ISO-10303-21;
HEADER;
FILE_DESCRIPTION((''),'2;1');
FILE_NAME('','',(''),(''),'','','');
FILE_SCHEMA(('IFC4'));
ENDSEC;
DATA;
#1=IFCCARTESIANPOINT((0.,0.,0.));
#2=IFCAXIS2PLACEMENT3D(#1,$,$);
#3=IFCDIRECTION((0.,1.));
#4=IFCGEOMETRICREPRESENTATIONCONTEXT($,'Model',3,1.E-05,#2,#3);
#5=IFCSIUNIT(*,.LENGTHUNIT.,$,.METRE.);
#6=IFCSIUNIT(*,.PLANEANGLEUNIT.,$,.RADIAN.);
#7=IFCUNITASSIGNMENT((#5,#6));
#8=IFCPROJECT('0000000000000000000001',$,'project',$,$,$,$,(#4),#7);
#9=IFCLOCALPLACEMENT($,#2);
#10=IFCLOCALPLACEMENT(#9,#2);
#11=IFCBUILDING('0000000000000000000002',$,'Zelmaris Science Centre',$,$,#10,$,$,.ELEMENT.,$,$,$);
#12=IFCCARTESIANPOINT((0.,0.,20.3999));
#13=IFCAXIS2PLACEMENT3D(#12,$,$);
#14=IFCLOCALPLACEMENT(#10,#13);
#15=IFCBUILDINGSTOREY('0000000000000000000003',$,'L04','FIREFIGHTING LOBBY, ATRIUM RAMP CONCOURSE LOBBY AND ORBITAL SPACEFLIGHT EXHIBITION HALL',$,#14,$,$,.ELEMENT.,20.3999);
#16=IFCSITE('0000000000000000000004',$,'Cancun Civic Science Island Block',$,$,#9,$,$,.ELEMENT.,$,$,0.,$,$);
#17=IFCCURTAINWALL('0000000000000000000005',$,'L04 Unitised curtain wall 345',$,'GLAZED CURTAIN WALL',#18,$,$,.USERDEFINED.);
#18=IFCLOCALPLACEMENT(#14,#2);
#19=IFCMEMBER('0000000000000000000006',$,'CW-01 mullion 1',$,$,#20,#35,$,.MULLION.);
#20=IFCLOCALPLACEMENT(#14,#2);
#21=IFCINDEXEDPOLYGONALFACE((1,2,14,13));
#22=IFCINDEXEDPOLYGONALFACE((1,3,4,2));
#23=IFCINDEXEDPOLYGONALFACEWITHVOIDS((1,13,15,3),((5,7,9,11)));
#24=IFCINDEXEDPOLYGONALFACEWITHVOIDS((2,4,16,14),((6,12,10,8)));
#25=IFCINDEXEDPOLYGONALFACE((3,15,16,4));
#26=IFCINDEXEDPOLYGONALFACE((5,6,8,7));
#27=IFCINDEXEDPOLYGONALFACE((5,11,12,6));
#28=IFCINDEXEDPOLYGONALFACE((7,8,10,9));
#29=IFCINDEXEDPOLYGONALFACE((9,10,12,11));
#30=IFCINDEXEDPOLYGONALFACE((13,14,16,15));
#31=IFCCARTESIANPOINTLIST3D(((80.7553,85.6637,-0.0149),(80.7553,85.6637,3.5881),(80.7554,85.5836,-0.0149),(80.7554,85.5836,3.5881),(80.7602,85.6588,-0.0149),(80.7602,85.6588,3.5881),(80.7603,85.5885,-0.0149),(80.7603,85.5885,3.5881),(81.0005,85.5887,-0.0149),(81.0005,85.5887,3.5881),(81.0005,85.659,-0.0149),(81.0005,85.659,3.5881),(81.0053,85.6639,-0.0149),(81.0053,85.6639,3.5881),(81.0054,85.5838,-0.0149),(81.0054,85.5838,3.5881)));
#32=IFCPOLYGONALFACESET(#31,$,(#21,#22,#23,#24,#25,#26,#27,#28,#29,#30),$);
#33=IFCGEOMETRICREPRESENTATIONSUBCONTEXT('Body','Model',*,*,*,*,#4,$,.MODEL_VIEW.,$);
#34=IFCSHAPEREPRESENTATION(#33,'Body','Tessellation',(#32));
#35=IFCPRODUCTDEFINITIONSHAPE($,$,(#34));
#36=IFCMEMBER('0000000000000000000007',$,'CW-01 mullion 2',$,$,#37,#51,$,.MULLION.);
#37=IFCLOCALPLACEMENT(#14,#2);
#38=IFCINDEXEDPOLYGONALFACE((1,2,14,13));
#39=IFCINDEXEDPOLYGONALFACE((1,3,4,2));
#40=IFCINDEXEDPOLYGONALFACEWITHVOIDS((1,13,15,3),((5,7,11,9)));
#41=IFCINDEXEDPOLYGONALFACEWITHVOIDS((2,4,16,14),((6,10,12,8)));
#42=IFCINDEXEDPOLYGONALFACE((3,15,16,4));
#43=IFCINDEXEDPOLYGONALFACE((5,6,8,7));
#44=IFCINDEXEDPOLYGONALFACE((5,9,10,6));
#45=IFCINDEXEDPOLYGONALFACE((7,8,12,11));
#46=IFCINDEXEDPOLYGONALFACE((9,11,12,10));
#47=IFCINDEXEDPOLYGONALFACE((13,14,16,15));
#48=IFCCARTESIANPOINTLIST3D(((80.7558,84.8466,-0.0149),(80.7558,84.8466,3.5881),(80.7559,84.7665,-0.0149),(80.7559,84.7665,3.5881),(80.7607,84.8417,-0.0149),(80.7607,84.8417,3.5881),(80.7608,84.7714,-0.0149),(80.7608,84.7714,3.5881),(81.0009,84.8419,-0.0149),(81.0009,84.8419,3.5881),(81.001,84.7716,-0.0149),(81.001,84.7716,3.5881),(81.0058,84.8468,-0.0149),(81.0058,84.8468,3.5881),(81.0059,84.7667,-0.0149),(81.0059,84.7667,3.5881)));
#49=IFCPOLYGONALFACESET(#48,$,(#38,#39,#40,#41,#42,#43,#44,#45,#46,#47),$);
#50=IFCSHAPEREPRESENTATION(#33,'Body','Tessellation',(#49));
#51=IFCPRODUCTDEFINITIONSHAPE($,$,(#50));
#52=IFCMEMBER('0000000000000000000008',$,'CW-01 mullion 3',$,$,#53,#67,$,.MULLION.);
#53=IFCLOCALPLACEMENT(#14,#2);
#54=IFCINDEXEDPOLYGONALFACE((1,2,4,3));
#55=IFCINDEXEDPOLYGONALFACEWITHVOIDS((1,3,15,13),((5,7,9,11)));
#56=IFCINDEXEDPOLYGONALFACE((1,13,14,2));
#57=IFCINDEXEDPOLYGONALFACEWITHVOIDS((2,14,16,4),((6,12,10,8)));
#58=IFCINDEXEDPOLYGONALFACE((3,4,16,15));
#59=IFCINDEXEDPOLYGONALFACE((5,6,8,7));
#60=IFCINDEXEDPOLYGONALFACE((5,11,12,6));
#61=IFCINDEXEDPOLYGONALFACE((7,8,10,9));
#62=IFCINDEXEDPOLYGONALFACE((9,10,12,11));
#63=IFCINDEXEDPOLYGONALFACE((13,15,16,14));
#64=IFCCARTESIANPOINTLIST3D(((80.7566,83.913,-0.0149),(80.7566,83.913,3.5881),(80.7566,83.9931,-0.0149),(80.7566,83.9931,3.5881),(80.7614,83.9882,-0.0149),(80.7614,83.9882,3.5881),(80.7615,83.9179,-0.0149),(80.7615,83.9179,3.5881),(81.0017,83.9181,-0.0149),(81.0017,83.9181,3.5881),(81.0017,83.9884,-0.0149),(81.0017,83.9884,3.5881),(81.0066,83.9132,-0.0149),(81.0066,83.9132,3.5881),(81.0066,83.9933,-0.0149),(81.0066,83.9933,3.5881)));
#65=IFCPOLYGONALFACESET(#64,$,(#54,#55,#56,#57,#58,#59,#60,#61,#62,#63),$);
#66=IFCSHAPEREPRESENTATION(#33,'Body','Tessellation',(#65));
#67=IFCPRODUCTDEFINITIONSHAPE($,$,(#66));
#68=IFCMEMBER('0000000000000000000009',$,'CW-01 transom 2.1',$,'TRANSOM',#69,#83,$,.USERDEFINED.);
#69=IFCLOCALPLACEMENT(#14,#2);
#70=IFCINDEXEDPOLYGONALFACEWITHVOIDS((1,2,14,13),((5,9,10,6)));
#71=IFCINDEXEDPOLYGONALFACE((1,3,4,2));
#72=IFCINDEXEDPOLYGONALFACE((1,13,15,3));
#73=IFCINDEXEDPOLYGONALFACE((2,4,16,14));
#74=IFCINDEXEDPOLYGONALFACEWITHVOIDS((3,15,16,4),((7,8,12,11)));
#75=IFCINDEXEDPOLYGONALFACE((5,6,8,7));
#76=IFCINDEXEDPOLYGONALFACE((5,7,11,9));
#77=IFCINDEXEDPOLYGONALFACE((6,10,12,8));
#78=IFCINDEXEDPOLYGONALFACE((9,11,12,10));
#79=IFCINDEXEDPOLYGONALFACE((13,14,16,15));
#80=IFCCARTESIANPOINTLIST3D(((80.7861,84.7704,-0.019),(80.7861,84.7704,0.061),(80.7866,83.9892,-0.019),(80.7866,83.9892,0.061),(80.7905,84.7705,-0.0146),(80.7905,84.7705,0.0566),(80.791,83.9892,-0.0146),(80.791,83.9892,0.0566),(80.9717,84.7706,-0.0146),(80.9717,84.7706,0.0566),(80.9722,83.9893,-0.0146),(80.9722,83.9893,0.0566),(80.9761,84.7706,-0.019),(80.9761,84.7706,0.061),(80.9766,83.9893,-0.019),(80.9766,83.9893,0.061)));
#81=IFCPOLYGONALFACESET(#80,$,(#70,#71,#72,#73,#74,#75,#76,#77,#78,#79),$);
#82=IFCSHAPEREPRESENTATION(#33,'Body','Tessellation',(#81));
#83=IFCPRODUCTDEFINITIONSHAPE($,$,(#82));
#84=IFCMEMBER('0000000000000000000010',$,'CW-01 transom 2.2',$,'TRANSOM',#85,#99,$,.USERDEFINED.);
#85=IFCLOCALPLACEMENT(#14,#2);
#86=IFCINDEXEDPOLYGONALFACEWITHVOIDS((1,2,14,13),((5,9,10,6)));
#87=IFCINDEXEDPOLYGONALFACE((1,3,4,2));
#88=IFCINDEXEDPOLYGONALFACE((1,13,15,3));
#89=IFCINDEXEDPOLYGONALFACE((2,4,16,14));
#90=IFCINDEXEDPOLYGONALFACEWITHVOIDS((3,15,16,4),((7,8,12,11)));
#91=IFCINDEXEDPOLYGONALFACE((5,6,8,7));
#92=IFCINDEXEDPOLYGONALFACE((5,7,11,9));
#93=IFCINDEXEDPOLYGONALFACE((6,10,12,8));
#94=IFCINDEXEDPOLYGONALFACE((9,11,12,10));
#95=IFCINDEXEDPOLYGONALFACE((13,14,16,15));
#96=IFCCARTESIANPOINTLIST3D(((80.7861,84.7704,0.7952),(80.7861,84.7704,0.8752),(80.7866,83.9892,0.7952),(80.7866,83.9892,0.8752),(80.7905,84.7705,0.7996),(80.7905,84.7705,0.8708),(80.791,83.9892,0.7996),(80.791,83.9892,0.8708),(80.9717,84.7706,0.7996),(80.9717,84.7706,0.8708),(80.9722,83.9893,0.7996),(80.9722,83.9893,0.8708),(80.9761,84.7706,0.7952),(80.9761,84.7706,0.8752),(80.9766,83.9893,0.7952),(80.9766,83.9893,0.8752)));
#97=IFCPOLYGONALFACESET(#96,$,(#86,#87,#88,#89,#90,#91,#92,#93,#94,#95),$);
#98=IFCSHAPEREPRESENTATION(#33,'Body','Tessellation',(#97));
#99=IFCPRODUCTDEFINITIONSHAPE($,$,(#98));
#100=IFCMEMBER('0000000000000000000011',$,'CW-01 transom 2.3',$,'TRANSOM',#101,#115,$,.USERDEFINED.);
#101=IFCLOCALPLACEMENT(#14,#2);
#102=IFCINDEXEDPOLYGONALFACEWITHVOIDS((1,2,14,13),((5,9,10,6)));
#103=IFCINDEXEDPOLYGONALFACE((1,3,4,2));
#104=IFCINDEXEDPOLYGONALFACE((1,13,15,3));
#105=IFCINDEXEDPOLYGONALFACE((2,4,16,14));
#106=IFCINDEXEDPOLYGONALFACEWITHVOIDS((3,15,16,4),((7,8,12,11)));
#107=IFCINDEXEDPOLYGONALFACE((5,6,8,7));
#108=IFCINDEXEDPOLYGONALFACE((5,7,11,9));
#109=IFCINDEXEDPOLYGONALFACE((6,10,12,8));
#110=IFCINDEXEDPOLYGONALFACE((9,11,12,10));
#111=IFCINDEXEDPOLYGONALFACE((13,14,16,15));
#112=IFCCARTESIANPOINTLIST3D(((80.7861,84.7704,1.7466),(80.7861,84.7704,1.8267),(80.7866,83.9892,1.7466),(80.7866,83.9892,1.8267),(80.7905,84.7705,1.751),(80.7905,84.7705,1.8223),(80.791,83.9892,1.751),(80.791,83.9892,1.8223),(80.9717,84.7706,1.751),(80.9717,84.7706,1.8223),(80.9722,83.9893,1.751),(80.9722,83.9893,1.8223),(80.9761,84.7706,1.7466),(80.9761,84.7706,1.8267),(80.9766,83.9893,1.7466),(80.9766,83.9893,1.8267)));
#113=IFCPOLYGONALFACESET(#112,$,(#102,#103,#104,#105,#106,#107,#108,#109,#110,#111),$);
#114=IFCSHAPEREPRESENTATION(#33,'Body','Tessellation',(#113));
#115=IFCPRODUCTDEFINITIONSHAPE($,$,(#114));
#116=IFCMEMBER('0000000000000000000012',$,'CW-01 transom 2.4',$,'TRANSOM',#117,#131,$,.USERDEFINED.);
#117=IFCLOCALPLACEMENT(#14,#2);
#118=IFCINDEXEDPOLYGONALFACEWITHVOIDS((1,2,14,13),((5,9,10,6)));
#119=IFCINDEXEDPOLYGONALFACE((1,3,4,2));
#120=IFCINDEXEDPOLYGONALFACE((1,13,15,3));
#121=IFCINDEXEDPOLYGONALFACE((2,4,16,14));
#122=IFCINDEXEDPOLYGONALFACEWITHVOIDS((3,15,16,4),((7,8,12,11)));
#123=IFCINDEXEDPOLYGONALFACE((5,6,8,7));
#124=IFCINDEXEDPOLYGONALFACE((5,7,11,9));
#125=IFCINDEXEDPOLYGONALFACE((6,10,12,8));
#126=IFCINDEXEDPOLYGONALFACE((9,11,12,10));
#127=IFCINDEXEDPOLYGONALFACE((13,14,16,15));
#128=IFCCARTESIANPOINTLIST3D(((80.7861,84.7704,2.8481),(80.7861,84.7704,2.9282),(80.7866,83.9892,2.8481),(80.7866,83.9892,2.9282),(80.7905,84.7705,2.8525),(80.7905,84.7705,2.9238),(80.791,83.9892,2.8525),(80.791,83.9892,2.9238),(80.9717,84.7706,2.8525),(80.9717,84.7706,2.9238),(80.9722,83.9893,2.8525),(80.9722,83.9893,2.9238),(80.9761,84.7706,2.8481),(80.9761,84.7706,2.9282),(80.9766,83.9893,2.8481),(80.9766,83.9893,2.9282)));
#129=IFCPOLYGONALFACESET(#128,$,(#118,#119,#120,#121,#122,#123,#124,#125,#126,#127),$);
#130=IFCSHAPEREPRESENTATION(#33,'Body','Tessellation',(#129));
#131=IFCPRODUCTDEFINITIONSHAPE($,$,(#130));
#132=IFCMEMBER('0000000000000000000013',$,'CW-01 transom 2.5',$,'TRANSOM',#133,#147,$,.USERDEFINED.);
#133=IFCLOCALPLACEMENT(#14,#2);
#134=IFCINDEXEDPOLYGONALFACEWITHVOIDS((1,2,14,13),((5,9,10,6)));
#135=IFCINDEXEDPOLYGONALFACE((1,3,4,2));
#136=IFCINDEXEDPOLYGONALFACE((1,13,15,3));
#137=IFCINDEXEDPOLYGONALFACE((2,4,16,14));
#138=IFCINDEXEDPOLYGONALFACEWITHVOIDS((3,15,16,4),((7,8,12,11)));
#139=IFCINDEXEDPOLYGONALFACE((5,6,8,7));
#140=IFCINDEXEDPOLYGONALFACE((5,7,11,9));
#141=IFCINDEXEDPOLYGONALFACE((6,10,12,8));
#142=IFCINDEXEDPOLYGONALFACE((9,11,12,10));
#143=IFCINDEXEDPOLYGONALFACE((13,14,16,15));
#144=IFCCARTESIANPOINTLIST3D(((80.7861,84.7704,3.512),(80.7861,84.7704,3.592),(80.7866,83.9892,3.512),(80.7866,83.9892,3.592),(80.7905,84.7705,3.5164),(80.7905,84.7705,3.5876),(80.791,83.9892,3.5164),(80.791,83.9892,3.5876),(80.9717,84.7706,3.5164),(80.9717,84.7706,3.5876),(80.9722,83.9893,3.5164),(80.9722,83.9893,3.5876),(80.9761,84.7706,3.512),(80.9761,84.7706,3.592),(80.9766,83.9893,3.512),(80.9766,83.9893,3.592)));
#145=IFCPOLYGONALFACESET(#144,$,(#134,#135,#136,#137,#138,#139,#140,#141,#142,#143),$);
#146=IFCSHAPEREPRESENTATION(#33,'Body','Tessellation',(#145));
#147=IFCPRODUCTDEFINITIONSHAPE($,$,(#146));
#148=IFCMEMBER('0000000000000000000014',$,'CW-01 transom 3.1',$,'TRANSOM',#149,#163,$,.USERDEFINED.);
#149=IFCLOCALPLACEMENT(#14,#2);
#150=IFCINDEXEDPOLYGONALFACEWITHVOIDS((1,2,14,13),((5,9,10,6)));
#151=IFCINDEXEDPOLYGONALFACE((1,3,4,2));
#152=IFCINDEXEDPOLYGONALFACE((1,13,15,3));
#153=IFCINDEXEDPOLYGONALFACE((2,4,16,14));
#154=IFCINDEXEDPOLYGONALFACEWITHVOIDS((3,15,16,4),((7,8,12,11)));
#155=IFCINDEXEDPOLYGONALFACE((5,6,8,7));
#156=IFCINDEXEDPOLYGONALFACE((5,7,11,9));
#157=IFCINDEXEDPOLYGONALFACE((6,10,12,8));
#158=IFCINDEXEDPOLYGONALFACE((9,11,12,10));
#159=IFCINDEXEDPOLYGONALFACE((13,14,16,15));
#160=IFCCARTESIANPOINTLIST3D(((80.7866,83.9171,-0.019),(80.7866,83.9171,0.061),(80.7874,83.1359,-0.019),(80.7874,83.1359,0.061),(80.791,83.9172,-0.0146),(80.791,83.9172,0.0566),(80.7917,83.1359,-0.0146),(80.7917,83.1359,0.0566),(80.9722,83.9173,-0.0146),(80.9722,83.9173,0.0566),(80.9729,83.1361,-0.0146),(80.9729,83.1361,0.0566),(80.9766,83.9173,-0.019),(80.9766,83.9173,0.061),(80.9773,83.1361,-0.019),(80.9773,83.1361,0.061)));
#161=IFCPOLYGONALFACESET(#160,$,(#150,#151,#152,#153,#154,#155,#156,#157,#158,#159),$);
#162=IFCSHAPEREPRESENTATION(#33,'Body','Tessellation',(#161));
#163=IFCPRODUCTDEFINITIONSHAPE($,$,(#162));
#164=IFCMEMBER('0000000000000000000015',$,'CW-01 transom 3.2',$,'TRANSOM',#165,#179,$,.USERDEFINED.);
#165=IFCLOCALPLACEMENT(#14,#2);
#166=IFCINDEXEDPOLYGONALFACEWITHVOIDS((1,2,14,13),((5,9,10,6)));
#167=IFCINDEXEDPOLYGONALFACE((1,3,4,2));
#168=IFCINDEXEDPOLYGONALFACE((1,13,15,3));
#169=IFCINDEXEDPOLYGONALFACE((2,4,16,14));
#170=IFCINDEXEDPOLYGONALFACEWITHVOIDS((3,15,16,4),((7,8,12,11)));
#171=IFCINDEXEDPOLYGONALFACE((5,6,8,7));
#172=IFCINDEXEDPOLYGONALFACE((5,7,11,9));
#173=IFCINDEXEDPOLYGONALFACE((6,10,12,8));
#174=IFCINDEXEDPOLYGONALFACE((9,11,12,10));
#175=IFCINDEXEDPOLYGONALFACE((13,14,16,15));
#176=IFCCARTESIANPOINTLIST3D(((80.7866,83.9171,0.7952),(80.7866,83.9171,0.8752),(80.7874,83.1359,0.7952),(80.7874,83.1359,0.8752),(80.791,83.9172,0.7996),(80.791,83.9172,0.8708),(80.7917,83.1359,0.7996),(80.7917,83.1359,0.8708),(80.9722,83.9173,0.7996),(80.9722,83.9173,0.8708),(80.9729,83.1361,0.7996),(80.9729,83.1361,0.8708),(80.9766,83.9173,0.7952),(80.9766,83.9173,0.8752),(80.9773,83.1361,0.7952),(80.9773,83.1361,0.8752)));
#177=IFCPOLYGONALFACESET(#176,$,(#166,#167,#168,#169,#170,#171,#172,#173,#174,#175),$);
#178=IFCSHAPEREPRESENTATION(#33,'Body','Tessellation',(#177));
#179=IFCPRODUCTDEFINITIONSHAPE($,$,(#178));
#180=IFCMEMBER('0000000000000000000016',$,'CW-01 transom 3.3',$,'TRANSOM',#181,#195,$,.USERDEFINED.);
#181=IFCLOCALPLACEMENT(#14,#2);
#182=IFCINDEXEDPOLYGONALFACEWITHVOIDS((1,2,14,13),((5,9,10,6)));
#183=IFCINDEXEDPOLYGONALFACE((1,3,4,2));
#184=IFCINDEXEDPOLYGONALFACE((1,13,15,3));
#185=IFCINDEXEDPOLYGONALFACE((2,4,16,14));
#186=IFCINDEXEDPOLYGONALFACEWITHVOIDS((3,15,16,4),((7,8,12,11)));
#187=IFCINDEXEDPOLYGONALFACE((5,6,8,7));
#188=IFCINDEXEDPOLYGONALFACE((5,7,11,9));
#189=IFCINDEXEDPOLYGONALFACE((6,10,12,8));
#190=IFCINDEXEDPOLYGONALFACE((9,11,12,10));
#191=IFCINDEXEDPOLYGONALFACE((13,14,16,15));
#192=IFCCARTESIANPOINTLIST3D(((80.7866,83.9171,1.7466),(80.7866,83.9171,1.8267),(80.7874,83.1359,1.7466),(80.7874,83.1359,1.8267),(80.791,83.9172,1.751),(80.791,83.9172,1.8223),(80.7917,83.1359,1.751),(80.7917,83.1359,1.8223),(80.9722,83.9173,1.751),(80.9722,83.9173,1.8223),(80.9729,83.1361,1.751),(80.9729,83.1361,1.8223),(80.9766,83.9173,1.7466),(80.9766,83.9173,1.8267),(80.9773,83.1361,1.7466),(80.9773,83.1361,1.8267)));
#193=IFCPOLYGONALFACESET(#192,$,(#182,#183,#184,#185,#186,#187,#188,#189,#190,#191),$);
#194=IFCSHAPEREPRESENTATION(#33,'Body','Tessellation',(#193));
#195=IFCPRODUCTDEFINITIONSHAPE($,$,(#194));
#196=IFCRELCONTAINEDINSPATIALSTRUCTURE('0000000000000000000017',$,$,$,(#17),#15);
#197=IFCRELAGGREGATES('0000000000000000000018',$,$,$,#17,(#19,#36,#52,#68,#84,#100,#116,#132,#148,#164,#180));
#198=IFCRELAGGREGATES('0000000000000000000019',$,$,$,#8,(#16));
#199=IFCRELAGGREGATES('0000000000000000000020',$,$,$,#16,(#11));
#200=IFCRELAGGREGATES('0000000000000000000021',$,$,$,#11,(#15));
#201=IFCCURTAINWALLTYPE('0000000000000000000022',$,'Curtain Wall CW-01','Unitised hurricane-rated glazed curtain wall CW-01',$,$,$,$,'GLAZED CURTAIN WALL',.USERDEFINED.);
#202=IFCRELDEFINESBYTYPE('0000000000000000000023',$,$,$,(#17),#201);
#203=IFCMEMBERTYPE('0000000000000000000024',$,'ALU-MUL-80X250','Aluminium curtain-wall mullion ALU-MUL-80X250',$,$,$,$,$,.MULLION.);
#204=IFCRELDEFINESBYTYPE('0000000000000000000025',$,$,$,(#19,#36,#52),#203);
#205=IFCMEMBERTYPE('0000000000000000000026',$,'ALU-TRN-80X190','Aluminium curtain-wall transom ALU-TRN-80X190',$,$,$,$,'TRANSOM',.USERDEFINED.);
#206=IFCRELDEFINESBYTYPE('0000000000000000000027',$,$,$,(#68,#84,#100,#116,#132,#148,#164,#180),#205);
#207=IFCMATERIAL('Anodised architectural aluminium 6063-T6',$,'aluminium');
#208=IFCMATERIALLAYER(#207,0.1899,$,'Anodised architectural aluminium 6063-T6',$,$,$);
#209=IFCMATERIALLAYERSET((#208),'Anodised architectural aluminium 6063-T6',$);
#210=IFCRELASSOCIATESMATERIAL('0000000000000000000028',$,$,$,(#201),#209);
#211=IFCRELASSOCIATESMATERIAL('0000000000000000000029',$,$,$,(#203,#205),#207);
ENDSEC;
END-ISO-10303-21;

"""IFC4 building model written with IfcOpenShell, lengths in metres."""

from ifc_helpers import new_model, si_unit, direction, frame, origin, origin_2d, place, context, subcontext, project, spatial, hollow_rectangle, extrude, material, layer, layer_set, material_profile, profile_set, type_object, element, aggregate, save


model = new_model("IFC4")

# Units and contexts
model_context = context("Model", 3, precision=1e-05, world=origin(), true_north=direction((0.0, 1.0)))
body_context = subcontext(model_context, "Body", "Model", "MODEL_VIEW")
ifc_project = project(units=[si_unit("LENGTHUNIT", "METRE"), si_unit("PLANEANGLEUNIT", "RADIAN")], contexts=[model_context])

# Site, building, storey
site_placement = place(None, origin())
site = spatial("IfcSite", under=ifc_project, at=site_placement, Name="Cancun Civic Science Island Block", CompositionType="ELEMENT", RefElevation=0.0)
building_placement = place(site_placement, origin())
building = spatial("IfcBuilding", under=site, at=building_placement, Name="Zelmaris Science Centre", CompositionType="ELEMENT")
storey_placement = place(building_placement, frame((0.0, 0.0, 20.3999)))
storey = spatial("IfcBuildingStorey", under=building, at=storey_placement, Name="L04", Description="FIREFIGHTING LOBBY, ATRIUM RAMP CONCOURSE LOBBY AND ORBITAL SPACEFLIGHT EXHIBITION HALL", CompositionType="ELEMENT", Elevation=20.3999)

# Curtain wall, members
ifc_material_1 = material(Name="Anodised architectural aluminium 6063-T6", Category="aluminium")
ifc_layer_1 = layer(ifc_material_1, 0.1899, Name="Anodised architectural aluminium 6063-T6")
ifc_layer_set_1 = layer_set([ifc_layer_1], Name="Anodised architectural aluminium 6063-T6")
curtain_wall_type = type_object("IfcCurtainWallType", Name="Curtain Wall CW-01", Description="Unitised hurricane-rated glazed curtain wall CW-01", ElementType="GLAZED CURTAIN WALL", PredefinedType="USERDEFINED", material=ifc_layer_set_1)
curtain_wall_placement = place(storey_placement, origin())
curtain_wall = element("IfcCurtainWall", 1, at=curtain_wall_placement, inside=storey, type_object=curtain_wall_type, Name="L04 Unitised curtain wall 345", ObjectType="GLAZED CURTAIN WALL", PredefinedType="USERDEFINED")
ifc_material_profile_1 = material_profile(ifc_material_1, hollow_rectangle(XDim=0.0801, YDim=0.25, WallThickness=0.0049, at=origin_2d()), Name="ALU-MUL-80X250")
ifc_profile_set_1 = profile_set([ifc_material_profile_1], Name="Anodised architectural aluminium 6063-T6")
member_type_1 = type_object("IfcMemberType", Name="ALU-MUL-80X250", Description="Aluminium curtain-wall mullion ALU-MUL-80X250", PredefinedType="MULLION", material=ifc_profile_set_1)
member_1_placement = place(storey_placement, frame((80.8804, 85.6238, -0.0149), z_axis=(0.0, 0.0, 1.0), x_axis=(0.000771, -1.0, 0.0)))
member_1 = element("IfcMember", 2, at=member_1_placement, type_object=member_type_1, Name="CW-01 mullion 1", PredefinedType="MULLION", context=body_context, shape_type="SweptSolid", body=[
    extrude(hollow_rectangle(XDim=0.0801, YDim=0.25, WallThickness=0.0049, at=origin_2d()), origin(), (0.0, 0.0, 1.0), 3.603),
])
member_2_placement = place(storey_placement, frame((80.8809, 84.8066, -0.0149), z_axis=(0.0, 0.0, 1.0), x_axis=(0.000771, -1.0, 0.0)))
member_2 = element("IfcMember", 3, at=member_2_placement, type_object=member_type_1, Name="CW-01 mullion 2", PredefinedType="MULLION", context=body_context, shape_type="SweptSolid", body=[
    extrude(hollow_rectangle(XDim=0.0801, YDim=0.25, WallThickness=0.0049, at=origin_2d()), origin(), (0.0, 0.0, 1.0), 3.603),
])
member_3_placement = place(storey_placement, frame((80.8816, 83.9531, -0.0149), z_axis=(0.0, 0.0, 1.0), x_axis=(0.000771, -1.0, 0.0)))
member_3 = element("IfcMember", 4, at=member_3_placement, type_object=member_type_1, Name="CW-01 mullion 3", PredefinedType="MULLION", context=body_context, shape_type="SweptSolid", body=[
    extrude(hollow_rectangle(XDim=0.0801, YDim=0.25, WallThickness=0.0049, at=origin_2d()), origin(), (0.0, 0.0, 1.0), 3.603),
])
ifc_material_profile_2 = material_profile(ifc_material_1, hollow_rectangle(XDim=0.0801, YDim=0.1899, WallThickness=0.0044, at=origin_2d()), Name="ALU-TRN-80X190")
ifc_profile_set_2 = profile_set([ifc_material_profile_2], Name="Anodised architectural aluminium 6063-T6")
member_type_2 = type_object("IfcMemberType", Name="ALU-TRN-80X190", Description="Aluminium curtain-wall transom ALU-TRN-80X190", ElementType="TRANSOM", PredefinedType="USERDEFINED", material=ifc_profile_set_2)
member_4_placement = place(storey_placement, frame((80.8811, 84.7705, 0.021), z_axis=(0.000625, -1.0, 0.0), x_axis=(0.0, 0.0, 1.0)))
member_4 = element("IfcMember", 5, at=member_4_placement, type_object=member_type_2, Name="CW-01 transom 2.1", ObjectType="TRANSOM", PredefinedType="USERDEFINED", context=body_context, shape_type="SweptSolid", body=[
    extrude(hollow_rectangle(XDim=0.0801, YDim=0.1899, WallThickness=0.0044, at=origin_2d()), origin(), (0.0, 0.0, 1.0), 0.7812),
])
member_5_placement = place(storey_placement, frame((80.8811, 84.7705, 0.8352), z_axis=(0.000625, -1.0, 0.0), x_axis=(0.0, 0.0, 1.0)))
member_5 = element("IfcMember", 6, at=member_5_placement, type_object=member_type_2, Name="CW-01 transom 2.2", ObjectType="TRANSOM", PredefinedType="USERDEFINED", context=body_context, shape_type="SweptSolid", body=[
    extrude(hollow_rectangle(XDim=0.0801, YDim=0.1899, WallThickness=0.0044, at=origin_2d()), origin(), (0.0, 0.0, 1.0), 0.7812),
])
member_6_placement = place(storey_placement, frame((80.8811, 84.7705, 1.7866), z_axis=(0.000625, -1.0, 0.0), x_axis=(0.0, 0.0, 1.0)))
member_6 = element("IfcMember", 7, at=member_6_placement, type_object=member_type_2, Name="CW-01 transom 2.3", ObjectType="TRANSOM", PredefinedType="USERDEFINED", context=body_context, shape_type="SweptSolid", body=[
    extrude(hollow_rectangle(XDim=0.0801, YDim=0.1899, WallThickness=0.0044, at=origin_2d()), origin(), (0.0, 0.0, 1.0), 0.7812),
])
member_7_placement = place(storey_placement, frame((80.8811, 84.7705, 2.8882), z_axis=(0.000625, -1.0, 0.0), x_axis=(0.0, 0.0, 1.0)))
member_7 = element("IfcMember", 8, at=member_7_placement, type_object=member_type_2, Name="CW-01 transom 2.4", ObjectType="TRANSOM", PredefinedType="USERDEFINED", context=body_context, shape_type="SweptSolid", body=[
    extrude(hollow_rectangle(XDim=0.0801, YDim=0.1899, WallThickness=0.0044, at=origin_2d()), origin(), (0.0, 0.0, 1.0), 0.7812),
])
member_8_placement = place(storey_placement, frame((80.8811, 84.7705, 3.552), z_axis=(0.000625, -1.0, 0.0), x_axis=(0.0, 0.0, 1.0)))
member_8 = element("IfcMember", 9, at=member_8_placement, type_object=member_type_2, Name="CW-01 transom 2.5", ObjectType="TRANSOM", PredefinedType="USERDEFINED", context=body_context, shape_type="SweptSolid", body=[
    extrude(hollow_rectangle(XDim=0.0801, YDim=0.1899, WallThickness=0.0044, at=origin_2d()), origin(), (0.0, 0.0, 1.0), 0.7812),
])
member_9_placement = place(storey_placement, frame((80.8816, 83.9172, 0.021), z_axis=(0.000937, -1.0, 0.0), x_axis=(0.0, 0.0, 1.0)))
member_9 = element("IfcMember", 10, at=member_9_placement, type_object=member_type_2, Name="CW-01 transom 3.1", ObjectType="TRANSOM", PredefinedType="USERDEFINED", context=body_context, shape_type="SweptSolid", body=[
    extrude(hollow_rectangle(XDim=0.0801, YDim=0.1899, WallThickness=0.0044, at=origin_2d()), origin(), (0.0, 0.0, 1.0), 0.7812),
])
member_10_placement = place(storey_placement, frame((80.8816, 83.9172, 0.8352), z_axis=(0.000937, -1.0, 0.0), x_axis=(0.0, 0.0, 1.0)))
member_10 = element("IfcMember", 11, at=member_10_placement, type_object=member_type_2, Name="CW-01 transom 3.2", ObjectType="TRANSOM", PredefinedType="USERDEFINED", context=body_context, shape_type="SweptSolid", body=[
    extrude(hollow_rectangle(XDim=0.0801, YDim=0.1899, WallThickness=0.0044, at=origin_2d()), origin(), (0.0, 0.0, 1.0), 0.7812),
])
member_11_placement = place(storey_placement, frame((80.8816, 83.9172, 1.7866), z_axis=(0.000937, -1.0, 0.0), x_axis=(0.0, 0.0, 1.0)))
member_11 = element("IfcMember", 12, at=member_11_placement, type_object=member_type_2, Name="CW-01 transom 3.3", ObjectType="TRANSOM", PredefinedType="USERDEFINED", context=body_context, shape_type="SweptSolid", body=[
    extrude(hollow_rectangle(XDim=0.0801, YDim=0.1899, WallThickness=0.0044, at=origin_2d()), origin(), (0.0, 0.0, 1.0), 0.7812),
])
aggregate(curtain_wall, [member_1, member_2, member_3, member_4, member_5, member_6, member_7, member_8, member_9, member_10, member_11])

save(model, "model.ifc")
